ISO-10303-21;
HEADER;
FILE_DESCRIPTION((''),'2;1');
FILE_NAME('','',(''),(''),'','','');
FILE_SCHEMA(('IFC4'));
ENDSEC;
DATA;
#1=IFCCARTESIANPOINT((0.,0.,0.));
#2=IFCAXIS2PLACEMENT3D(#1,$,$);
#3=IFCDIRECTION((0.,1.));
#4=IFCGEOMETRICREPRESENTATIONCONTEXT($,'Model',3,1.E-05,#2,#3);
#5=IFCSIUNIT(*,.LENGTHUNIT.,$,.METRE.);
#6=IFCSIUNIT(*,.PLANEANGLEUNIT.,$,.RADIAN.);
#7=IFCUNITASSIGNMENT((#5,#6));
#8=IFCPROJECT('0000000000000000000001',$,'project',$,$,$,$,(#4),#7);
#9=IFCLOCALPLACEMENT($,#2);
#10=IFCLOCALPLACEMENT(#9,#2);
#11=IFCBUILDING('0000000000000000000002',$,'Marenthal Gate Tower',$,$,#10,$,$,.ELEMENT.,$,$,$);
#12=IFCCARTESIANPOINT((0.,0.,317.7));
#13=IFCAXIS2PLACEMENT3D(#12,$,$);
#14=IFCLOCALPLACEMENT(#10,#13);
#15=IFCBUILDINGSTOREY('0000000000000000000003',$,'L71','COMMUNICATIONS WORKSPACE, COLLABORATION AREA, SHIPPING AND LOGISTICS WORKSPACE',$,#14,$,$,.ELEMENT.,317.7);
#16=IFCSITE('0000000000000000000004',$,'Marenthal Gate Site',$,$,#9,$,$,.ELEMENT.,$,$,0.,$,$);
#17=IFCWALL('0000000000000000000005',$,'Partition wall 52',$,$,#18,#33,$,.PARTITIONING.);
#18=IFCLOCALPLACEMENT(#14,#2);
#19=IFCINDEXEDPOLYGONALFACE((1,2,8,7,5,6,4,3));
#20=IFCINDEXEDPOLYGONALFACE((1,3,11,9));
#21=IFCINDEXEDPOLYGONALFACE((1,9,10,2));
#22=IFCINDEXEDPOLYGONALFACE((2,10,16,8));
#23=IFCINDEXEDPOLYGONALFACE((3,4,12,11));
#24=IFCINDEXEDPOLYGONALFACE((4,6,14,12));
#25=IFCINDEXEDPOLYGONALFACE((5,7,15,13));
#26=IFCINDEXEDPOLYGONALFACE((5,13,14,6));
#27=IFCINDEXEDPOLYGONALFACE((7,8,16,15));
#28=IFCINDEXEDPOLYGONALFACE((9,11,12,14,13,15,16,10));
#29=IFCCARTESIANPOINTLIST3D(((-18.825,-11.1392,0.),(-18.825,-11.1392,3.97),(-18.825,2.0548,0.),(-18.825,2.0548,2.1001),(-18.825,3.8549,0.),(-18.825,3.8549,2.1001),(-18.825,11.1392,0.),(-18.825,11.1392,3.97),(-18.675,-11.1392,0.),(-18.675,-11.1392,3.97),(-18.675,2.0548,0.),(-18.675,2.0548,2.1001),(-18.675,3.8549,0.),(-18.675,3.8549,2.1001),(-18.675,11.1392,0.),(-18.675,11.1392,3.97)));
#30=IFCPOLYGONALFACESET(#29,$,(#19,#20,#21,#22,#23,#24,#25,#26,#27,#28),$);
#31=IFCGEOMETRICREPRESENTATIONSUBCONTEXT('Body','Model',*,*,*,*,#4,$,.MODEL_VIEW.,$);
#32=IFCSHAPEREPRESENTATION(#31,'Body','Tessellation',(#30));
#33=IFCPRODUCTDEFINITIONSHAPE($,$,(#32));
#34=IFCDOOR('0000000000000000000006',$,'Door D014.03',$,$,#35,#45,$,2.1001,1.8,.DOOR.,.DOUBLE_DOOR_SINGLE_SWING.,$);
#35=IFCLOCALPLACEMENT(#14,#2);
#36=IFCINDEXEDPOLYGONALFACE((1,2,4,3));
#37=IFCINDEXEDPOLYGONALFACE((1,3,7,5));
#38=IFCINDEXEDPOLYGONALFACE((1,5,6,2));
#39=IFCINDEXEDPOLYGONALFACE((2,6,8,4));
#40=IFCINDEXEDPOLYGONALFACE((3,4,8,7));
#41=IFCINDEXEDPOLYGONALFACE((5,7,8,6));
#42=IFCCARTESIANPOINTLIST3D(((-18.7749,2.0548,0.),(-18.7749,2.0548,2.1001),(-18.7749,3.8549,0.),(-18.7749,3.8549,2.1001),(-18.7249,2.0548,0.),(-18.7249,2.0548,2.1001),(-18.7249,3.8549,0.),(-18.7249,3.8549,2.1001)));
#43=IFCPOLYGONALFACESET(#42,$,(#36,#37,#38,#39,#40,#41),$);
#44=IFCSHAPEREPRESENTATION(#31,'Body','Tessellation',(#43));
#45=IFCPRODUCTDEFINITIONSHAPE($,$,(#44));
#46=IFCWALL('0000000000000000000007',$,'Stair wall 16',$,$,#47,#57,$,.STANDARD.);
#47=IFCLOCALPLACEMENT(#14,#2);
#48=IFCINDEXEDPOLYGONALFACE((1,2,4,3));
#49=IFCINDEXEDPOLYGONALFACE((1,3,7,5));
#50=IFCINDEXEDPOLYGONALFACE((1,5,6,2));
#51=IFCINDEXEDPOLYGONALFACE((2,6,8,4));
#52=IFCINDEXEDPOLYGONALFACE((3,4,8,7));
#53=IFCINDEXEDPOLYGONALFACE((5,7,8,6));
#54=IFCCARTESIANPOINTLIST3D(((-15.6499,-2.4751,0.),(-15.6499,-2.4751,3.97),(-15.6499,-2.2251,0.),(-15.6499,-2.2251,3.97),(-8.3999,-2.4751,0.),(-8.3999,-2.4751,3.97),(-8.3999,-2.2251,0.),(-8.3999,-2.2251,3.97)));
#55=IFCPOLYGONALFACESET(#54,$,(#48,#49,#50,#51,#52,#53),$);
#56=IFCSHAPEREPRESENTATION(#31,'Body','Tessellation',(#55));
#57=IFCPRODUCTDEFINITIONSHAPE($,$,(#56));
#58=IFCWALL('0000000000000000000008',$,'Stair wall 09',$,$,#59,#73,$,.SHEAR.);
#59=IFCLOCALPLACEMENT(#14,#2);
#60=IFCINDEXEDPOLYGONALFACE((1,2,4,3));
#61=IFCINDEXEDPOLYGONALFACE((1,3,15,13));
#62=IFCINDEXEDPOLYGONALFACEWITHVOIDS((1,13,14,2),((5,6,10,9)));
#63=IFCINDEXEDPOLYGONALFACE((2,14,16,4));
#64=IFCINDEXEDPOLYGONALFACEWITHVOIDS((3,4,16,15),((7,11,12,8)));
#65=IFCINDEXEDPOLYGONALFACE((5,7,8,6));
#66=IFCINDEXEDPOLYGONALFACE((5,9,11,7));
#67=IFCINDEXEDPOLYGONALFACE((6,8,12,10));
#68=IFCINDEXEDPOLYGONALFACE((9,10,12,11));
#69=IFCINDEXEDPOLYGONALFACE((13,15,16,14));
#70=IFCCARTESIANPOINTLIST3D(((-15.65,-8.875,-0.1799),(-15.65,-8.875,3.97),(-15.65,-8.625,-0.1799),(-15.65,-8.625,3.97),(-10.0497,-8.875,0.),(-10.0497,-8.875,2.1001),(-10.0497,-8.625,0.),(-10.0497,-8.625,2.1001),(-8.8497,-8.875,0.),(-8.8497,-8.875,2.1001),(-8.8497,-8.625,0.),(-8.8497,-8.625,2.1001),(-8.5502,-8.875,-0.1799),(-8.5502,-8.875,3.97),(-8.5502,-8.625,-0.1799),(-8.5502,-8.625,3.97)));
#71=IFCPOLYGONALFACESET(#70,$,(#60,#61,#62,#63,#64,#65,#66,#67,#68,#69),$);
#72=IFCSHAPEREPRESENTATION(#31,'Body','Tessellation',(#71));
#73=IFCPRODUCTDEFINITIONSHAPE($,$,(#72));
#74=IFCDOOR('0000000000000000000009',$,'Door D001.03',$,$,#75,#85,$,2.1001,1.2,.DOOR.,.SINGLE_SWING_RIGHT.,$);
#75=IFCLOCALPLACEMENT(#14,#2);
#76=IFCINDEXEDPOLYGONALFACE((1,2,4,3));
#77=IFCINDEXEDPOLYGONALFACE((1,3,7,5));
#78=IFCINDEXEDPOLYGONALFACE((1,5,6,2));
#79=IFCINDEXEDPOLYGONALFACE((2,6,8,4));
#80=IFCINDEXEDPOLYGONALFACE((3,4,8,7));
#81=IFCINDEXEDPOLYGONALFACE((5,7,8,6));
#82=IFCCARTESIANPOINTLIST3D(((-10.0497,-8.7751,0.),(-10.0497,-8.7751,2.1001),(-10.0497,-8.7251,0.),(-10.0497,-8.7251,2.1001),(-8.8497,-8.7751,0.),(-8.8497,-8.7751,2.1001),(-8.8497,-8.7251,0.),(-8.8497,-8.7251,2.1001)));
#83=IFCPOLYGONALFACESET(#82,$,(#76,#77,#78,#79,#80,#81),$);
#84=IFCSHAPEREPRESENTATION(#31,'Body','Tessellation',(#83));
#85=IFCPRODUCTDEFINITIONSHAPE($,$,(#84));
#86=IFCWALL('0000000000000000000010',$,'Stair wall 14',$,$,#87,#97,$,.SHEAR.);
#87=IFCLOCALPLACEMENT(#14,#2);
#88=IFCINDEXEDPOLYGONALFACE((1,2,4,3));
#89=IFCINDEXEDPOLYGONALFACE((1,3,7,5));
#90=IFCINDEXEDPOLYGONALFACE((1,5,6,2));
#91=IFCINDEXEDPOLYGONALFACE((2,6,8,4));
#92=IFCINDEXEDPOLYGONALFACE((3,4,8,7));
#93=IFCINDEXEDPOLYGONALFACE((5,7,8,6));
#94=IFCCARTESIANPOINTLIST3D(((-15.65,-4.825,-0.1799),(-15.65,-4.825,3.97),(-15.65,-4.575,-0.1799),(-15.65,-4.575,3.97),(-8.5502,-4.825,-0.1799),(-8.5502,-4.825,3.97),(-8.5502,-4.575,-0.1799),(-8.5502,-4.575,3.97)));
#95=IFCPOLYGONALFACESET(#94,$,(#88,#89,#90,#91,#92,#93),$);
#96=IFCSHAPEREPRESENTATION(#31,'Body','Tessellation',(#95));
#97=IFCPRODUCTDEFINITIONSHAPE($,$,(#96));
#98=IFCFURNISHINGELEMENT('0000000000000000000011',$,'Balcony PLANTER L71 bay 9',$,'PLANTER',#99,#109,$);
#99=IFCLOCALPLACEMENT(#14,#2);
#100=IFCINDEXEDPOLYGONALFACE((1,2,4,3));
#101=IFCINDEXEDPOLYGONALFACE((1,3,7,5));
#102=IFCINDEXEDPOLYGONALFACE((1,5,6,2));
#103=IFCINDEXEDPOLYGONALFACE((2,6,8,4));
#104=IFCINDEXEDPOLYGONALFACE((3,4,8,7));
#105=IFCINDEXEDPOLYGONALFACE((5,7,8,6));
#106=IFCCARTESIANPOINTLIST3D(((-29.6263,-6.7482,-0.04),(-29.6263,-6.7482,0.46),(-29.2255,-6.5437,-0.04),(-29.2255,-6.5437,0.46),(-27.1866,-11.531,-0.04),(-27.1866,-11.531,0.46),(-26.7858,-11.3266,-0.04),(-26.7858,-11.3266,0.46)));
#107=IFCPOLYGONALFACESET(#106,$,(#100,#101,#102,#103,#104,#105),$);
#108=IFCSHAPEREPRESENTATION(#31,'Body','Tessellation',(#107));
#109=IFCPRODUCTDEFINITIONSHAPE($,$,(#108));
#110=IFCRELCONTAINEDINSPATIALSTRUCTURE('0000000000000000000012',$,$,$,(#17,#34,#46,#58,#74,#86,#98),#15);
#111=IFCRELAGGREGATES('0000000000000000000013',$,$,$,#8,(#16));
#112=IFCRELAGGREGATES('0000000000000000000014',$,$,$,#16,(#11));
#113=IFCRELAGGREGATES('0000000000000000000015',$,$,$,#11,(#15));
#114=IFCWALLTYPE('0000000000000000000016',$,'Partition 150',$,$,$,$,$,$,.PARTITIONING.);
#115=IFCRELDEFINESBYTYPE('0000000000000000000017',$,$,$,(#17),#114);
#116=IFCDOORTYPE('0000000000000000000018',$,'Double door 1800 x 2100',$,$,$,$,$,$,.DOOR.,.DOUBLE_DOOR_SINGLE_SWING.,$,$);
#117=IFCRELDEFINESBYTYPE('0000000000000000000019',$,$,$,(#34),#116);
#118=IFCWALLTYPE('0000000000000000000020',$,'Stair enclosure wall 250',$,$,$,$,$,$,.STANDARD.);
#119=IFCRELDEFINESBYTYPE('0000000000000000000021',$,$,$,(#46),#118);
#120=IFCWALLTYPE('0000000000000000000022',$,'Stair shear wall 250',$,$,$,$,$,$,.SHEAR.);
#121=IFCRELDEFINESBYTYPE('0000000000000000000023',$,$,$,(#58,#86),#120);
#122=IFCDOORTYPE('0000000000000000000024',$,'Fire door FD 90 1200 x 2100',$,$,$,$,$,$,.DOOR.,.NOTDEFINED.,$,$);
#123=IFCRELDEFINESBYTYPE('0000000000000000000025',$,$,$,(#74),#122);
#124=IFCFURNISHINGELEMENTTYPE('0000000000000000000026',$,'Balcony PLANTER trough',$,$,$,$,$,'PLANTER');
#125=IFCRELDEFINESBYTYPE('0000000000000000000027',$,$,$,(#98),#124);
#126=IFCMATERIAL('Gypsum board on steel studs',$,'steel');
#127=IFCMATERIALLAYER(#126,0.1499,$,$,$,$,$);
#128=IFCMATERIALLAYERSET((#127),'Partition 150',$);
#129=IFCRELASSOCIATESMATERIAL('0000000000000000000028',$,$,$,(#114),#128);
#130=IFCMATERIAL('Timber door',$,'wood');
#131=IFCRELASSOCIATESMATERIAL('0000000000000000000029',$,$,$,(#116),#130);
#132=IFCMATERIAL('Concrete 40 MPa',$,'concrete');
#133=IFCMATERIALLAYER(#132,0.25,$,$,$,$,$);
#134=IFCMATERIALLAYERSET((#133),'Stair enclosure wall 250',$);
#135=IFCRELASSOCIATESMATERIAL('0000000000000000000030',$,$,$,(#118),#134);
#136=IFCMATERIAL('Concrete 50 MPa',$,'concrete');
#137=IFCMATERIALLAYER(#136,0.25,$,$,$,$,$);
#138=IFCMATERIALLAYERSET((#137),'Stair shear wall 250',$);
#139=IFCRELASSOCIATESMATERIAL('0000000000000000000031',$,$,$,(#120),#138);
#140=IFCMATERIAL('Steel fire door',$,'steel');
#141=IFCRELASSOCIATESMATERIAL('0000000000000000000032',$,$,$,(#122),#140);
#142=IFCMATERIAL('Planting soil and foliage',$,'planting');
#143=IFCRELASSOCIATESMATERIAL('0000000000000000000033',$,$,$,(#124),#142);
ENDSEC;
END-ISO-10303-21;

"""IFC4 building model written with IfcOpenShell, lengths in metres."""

from ifc_helpers import new_model, si_unit, direction, frame, frame_2d, origin, origin_2d, place, context, subcontext, project, spatial, rectangle, extrude, material, layer, layer_set, type_object, element, fill, save


model = new_model("IFC4")

# Units and contexts
model_context = context("Model", 3, precision=1e-05, world=origin(), true_north=direction((0.0, 1.0)))
body_context = subcontext(model_context, "Body", "Model", "MODEL_VIEW")
ifc_project = project(units=[si_unit("LENGTHUNIT", "METRE"), si_unit("PLANEANGLEUNIT", "RADIAN")], contexts=[model_context])

# Site, building, storey
site_placement = place(None, origin())
site = spatial("IfcSite", under=ifc_project, at=site_placement, Name="Marenthal Gate Site", CompositionType="ELEMENT", RefElevation=0.0)
building_placement = place(site_placement, origin())
building = spatial("IfcBuilding", under=site, at=building_placement, Name="Marenthal Gate Tower", CompositionType="ELEMENT")
storey_placement = place(building_placement, frame((0.0, 0.0, 317.7)))
storey = spatial("IfcBuildingStorey", under=building, at=storey_placement, Name="L71", Description="COMMUNICATIONS WORKSPACE, COLLABORATION AREA, SHIPPING AND LOGISTICS WORKSPACE", CompositionType="ELEMENT", Elevation=317.7)

# Wall, opening, door
ifc_material_1 = material(Name="Gypsum board on steel studs", Category="steel")
ifc_layer_1 = layer(ifc_material_1, 0.1499)
ifc_layer_set_1 = layer_set([ifc_layer_1], Name="Partition 150")
wall_type_1 = type_object("IfcWallType", Name="Partition 150", PredefinedType="PARTITIONING", material=ifc_layer_set_1)
wall_1_placement = place(storey_placement, frame((-18.75, -11.1392, 0.0), z_axis=(0.0, 0.0, 1.0), x_axis=(0.0, 1.0, 0.0)))
wall_1 = element("IfcWall", 1, at=wall_1_placement, inside=storey, type_object=wall_type_1, Name="Partition wall 52", PredefinedType="PARTITIONING", context=body_context, shape_type="SweptSolid", body=[
    extrude(rectangle(XDim=22.2783, YDim=0.1499, at=frame_2d((11.1392, 0.0))), origin(), (0.0, 0.0, 1.0), 3.97),
])
opening_1_placement = place(wall_1_placement, frame((13.1941, 0.0, 0.0)))
opening_1 = element("IfcOpeningElement", 2, at=opening_1_placement, cuts=wall_1, PredefinedType="OPENING", context=body_context, shape_type="SweptSolid", body=[
    extrude(rectangle(XDim=1.8, YDim=2.1001, at=frame_2d((0.8999, 1.05))), frame((0.0, 0.085, 0.0), z_axis=(0.0, -1.0, 0.0), x_axis=(1.0, 0.0, 0.0)), (0.0, 0.0, 1.0), 0.1699),
])
ifc_material_2 = material(Name="Timber door", Category="wood")
door_type_1 = type_object("IfcDoorType", Name="Double door 1800 x 2100", OperationType="DOUBLE_DOOR_SINGLE_SWING", PredefinedType="DOOR", material=ifc_material_2)
door_1_placement = place(opening_1_placement, origin())
door_1 = element("IfcDoor", 3, at=door_1_placement, inside=storey, type_object=door_type_1, Name="Door D014.03", OperationType="DOUBLE_DOOR_SINGLE_SWING", OverallHeight=2.1001, OverallWidth=1.8, PredefinedType="DOOR", context=body_context, shape_type="SweptSolid", body=[
    extrude(rectangle(XDim=1.8, YDim=2.1001, at=frame_2d((0.8999, 1.05))), frame((0.0, 0.0249, 0.0), z_axis=(0.0, -1.0, 0.0), x_axis=(1.0, 0.0, 0.0)), (0.0, 0.0, 1.0), 0.05),
])
fill(opening_1, door_1)

# Wall
ifc_material_3 = material(Name="Concrete 40 MPa", Category="concrete")
ifc_layer_2 = layer(ifc_material_3, 0.25)
ifc_layer_set_2 = layer_set([ifc_layer_2], Name="Stair enclosure wall 250")
wall_type_2 = type_object("IfcWallType", Name="Stair enclosure wall 250", PredefinedType="STANDARD", material=ifc_layer_set_2)
wall_2_placement = place(storey_placement, frame((-15.6499, -2.3501, 0.0), z_axis=(0.0, 0.0, 1.0), x_axis=(1.0, 0.0, 0.0)))
element("IfcWall", 4, at=wall_2_placement, inside=storey, type_object=wall_type_2, Name="Stair wall 16", PredefinedType="STANDARD", context=body_context, shape_type="SweptSolid", body=[
    extrude(rectangle(XDim=7.25, YDim=0.25, at=frame_2d((3.625, 0.0))), origin(), (0.0, 0.0, 1.0), 3.97),
])

# Wall, opening, door
ifc_material_4 = material(Name="Concrete 50 MPa", Category="concrete")
ifc_layer_3 = layer(ifc_material_4, 0.25)
ifc_layer_set_3 = layer_set([ifc_layer_3], Name="Stair shear wall 250")
wall_type_3 = type_object("IfcWallType", Name="Stair shear wall 250", PredefinedType="SHEAR", material=ifc_layer_set_3)
wall_3_placement = place(storey_placement, frame((-15.6499, -8.75, -0.1799), z_axis=(0.0, 0.0, 1.0), x_axis=(1.0, 0.0, 0.0)))
wall_3 = element("IfcWall", 5, at=wall_3_placement, inside=storey, type_object=wall_type_3, Name="Stair wall 09", PredefinedType="SHEAR", context=body_context, shape_type="SweptSolid", body=[
    extrude(rectangle(XDim=7.0999, YDim=0.25, at=frame_2d((3.5498, 0.0))), origin(), (0.0, 0.0, 1.0), 4.1499),
])
opening_2_placement = place(wall_3_placement, frame((5.6001, 0.0, 0.1799)))
opening_2 = element("IfcOpeningElement", 6, at=opening_2_placement, cuts=wall_3, PredefinedType="OPENING", context=body_context, shape_type="SweptSolid", body=[
    extrude(rectangle(XDim=1.2, YDim=2.1001, at=frame_2d((0.6001, 1.05))), frame((0.0, 0.135, 0.0), z_axis=(0.0, -1.0, 0.0), x_axis=(1.0, 0.0, 0.0)), (0.0, 0.0, 1.0), 0.27),
])
ifc_material_5 = material(Name="Steel fire door", Category="steel")
door_type_2 = type_object("IfcDoorType", Name="Fire door FD 90 1200 x 2100", OperationType="NOTDEFINED", PredefinedType="DOOR", material=ifc_material_5)
door_2_placement = place(opening_2_placement, origin())
door_2 = element("IfcDoor", 7, at=door_2_placement, inside=storey, type_object=door_type_2, Name="Door D001.03", OperationType="SINGLE_SWING_RIGHT", OverallHeight=2.1001, OverallWidth=1.2, PredefinedType="DOOR", context=body_context, shape_type="SweptSolid", body=[
    extrude(rectangle(XDim=1.2, YDim=2.1001, at=frame_2d((0.6001, 1.05))), frame((0.0, 0.0249, 0.0), z_axis=(0.0, -1.0, 0.0), x_axis=(1.0, 0.0, 0.0)), (0.0, 0.0, 1.0), 0.05),
])
fill(opening_2, door_2)

# Wall
wall_4_placement = place(storey_placement, frame((-15.6499, -4.7, -0.1799), z_axis=(0.0, 0.0, 1.0), x_axis=(1.0, 0.0, 0.0)))
element("IfcWall", 8, at=wall_4_placement, inside=storey, type_object=wall_type_3, Name="Stair wall 14", PredefinedType="SHEAR", context=body_context, shape_type="SweptSolid", body=[
    extrude(rectangle(XDim=7.0999, YDim=0.25, at=frame_2d((3.5498, 0.0))), origin(), (0.0, 0.0, 1.0), 4.1499),
])

# Furnishing element
ifc_material_6 = material(Name="Planting soil and foliage", Category="planting")
furnishing_element_type = type_object("IfcFurnishingElementType", Name="Balcony PLANTER trough", ElementType="PLANTER", material=ifc_material_6)
furnishing_placement = place(storey_placement, frame((-28.2061, -9.0374, -0.04), z_axis=(0.0, 0.0, 1.0), x_axis=(0.454389, -0.890803, 0.0)))
element("IfcFurnishingElement", 9, at=furnishing_placement, inside=storey, type_object=furnishing_element_type, Name="Balcony PLANTER L71 bay 9", ObjectType="PLANTER", context=body_context, shape_type="SweptSolid", body=[
    extrude(rectangle(XDim=5.3691, YDim=0.45, at=origin_2d()), origin(), (0.0, 0.0, 1.0), 0.5),
])

save(model, "model.ifc")
